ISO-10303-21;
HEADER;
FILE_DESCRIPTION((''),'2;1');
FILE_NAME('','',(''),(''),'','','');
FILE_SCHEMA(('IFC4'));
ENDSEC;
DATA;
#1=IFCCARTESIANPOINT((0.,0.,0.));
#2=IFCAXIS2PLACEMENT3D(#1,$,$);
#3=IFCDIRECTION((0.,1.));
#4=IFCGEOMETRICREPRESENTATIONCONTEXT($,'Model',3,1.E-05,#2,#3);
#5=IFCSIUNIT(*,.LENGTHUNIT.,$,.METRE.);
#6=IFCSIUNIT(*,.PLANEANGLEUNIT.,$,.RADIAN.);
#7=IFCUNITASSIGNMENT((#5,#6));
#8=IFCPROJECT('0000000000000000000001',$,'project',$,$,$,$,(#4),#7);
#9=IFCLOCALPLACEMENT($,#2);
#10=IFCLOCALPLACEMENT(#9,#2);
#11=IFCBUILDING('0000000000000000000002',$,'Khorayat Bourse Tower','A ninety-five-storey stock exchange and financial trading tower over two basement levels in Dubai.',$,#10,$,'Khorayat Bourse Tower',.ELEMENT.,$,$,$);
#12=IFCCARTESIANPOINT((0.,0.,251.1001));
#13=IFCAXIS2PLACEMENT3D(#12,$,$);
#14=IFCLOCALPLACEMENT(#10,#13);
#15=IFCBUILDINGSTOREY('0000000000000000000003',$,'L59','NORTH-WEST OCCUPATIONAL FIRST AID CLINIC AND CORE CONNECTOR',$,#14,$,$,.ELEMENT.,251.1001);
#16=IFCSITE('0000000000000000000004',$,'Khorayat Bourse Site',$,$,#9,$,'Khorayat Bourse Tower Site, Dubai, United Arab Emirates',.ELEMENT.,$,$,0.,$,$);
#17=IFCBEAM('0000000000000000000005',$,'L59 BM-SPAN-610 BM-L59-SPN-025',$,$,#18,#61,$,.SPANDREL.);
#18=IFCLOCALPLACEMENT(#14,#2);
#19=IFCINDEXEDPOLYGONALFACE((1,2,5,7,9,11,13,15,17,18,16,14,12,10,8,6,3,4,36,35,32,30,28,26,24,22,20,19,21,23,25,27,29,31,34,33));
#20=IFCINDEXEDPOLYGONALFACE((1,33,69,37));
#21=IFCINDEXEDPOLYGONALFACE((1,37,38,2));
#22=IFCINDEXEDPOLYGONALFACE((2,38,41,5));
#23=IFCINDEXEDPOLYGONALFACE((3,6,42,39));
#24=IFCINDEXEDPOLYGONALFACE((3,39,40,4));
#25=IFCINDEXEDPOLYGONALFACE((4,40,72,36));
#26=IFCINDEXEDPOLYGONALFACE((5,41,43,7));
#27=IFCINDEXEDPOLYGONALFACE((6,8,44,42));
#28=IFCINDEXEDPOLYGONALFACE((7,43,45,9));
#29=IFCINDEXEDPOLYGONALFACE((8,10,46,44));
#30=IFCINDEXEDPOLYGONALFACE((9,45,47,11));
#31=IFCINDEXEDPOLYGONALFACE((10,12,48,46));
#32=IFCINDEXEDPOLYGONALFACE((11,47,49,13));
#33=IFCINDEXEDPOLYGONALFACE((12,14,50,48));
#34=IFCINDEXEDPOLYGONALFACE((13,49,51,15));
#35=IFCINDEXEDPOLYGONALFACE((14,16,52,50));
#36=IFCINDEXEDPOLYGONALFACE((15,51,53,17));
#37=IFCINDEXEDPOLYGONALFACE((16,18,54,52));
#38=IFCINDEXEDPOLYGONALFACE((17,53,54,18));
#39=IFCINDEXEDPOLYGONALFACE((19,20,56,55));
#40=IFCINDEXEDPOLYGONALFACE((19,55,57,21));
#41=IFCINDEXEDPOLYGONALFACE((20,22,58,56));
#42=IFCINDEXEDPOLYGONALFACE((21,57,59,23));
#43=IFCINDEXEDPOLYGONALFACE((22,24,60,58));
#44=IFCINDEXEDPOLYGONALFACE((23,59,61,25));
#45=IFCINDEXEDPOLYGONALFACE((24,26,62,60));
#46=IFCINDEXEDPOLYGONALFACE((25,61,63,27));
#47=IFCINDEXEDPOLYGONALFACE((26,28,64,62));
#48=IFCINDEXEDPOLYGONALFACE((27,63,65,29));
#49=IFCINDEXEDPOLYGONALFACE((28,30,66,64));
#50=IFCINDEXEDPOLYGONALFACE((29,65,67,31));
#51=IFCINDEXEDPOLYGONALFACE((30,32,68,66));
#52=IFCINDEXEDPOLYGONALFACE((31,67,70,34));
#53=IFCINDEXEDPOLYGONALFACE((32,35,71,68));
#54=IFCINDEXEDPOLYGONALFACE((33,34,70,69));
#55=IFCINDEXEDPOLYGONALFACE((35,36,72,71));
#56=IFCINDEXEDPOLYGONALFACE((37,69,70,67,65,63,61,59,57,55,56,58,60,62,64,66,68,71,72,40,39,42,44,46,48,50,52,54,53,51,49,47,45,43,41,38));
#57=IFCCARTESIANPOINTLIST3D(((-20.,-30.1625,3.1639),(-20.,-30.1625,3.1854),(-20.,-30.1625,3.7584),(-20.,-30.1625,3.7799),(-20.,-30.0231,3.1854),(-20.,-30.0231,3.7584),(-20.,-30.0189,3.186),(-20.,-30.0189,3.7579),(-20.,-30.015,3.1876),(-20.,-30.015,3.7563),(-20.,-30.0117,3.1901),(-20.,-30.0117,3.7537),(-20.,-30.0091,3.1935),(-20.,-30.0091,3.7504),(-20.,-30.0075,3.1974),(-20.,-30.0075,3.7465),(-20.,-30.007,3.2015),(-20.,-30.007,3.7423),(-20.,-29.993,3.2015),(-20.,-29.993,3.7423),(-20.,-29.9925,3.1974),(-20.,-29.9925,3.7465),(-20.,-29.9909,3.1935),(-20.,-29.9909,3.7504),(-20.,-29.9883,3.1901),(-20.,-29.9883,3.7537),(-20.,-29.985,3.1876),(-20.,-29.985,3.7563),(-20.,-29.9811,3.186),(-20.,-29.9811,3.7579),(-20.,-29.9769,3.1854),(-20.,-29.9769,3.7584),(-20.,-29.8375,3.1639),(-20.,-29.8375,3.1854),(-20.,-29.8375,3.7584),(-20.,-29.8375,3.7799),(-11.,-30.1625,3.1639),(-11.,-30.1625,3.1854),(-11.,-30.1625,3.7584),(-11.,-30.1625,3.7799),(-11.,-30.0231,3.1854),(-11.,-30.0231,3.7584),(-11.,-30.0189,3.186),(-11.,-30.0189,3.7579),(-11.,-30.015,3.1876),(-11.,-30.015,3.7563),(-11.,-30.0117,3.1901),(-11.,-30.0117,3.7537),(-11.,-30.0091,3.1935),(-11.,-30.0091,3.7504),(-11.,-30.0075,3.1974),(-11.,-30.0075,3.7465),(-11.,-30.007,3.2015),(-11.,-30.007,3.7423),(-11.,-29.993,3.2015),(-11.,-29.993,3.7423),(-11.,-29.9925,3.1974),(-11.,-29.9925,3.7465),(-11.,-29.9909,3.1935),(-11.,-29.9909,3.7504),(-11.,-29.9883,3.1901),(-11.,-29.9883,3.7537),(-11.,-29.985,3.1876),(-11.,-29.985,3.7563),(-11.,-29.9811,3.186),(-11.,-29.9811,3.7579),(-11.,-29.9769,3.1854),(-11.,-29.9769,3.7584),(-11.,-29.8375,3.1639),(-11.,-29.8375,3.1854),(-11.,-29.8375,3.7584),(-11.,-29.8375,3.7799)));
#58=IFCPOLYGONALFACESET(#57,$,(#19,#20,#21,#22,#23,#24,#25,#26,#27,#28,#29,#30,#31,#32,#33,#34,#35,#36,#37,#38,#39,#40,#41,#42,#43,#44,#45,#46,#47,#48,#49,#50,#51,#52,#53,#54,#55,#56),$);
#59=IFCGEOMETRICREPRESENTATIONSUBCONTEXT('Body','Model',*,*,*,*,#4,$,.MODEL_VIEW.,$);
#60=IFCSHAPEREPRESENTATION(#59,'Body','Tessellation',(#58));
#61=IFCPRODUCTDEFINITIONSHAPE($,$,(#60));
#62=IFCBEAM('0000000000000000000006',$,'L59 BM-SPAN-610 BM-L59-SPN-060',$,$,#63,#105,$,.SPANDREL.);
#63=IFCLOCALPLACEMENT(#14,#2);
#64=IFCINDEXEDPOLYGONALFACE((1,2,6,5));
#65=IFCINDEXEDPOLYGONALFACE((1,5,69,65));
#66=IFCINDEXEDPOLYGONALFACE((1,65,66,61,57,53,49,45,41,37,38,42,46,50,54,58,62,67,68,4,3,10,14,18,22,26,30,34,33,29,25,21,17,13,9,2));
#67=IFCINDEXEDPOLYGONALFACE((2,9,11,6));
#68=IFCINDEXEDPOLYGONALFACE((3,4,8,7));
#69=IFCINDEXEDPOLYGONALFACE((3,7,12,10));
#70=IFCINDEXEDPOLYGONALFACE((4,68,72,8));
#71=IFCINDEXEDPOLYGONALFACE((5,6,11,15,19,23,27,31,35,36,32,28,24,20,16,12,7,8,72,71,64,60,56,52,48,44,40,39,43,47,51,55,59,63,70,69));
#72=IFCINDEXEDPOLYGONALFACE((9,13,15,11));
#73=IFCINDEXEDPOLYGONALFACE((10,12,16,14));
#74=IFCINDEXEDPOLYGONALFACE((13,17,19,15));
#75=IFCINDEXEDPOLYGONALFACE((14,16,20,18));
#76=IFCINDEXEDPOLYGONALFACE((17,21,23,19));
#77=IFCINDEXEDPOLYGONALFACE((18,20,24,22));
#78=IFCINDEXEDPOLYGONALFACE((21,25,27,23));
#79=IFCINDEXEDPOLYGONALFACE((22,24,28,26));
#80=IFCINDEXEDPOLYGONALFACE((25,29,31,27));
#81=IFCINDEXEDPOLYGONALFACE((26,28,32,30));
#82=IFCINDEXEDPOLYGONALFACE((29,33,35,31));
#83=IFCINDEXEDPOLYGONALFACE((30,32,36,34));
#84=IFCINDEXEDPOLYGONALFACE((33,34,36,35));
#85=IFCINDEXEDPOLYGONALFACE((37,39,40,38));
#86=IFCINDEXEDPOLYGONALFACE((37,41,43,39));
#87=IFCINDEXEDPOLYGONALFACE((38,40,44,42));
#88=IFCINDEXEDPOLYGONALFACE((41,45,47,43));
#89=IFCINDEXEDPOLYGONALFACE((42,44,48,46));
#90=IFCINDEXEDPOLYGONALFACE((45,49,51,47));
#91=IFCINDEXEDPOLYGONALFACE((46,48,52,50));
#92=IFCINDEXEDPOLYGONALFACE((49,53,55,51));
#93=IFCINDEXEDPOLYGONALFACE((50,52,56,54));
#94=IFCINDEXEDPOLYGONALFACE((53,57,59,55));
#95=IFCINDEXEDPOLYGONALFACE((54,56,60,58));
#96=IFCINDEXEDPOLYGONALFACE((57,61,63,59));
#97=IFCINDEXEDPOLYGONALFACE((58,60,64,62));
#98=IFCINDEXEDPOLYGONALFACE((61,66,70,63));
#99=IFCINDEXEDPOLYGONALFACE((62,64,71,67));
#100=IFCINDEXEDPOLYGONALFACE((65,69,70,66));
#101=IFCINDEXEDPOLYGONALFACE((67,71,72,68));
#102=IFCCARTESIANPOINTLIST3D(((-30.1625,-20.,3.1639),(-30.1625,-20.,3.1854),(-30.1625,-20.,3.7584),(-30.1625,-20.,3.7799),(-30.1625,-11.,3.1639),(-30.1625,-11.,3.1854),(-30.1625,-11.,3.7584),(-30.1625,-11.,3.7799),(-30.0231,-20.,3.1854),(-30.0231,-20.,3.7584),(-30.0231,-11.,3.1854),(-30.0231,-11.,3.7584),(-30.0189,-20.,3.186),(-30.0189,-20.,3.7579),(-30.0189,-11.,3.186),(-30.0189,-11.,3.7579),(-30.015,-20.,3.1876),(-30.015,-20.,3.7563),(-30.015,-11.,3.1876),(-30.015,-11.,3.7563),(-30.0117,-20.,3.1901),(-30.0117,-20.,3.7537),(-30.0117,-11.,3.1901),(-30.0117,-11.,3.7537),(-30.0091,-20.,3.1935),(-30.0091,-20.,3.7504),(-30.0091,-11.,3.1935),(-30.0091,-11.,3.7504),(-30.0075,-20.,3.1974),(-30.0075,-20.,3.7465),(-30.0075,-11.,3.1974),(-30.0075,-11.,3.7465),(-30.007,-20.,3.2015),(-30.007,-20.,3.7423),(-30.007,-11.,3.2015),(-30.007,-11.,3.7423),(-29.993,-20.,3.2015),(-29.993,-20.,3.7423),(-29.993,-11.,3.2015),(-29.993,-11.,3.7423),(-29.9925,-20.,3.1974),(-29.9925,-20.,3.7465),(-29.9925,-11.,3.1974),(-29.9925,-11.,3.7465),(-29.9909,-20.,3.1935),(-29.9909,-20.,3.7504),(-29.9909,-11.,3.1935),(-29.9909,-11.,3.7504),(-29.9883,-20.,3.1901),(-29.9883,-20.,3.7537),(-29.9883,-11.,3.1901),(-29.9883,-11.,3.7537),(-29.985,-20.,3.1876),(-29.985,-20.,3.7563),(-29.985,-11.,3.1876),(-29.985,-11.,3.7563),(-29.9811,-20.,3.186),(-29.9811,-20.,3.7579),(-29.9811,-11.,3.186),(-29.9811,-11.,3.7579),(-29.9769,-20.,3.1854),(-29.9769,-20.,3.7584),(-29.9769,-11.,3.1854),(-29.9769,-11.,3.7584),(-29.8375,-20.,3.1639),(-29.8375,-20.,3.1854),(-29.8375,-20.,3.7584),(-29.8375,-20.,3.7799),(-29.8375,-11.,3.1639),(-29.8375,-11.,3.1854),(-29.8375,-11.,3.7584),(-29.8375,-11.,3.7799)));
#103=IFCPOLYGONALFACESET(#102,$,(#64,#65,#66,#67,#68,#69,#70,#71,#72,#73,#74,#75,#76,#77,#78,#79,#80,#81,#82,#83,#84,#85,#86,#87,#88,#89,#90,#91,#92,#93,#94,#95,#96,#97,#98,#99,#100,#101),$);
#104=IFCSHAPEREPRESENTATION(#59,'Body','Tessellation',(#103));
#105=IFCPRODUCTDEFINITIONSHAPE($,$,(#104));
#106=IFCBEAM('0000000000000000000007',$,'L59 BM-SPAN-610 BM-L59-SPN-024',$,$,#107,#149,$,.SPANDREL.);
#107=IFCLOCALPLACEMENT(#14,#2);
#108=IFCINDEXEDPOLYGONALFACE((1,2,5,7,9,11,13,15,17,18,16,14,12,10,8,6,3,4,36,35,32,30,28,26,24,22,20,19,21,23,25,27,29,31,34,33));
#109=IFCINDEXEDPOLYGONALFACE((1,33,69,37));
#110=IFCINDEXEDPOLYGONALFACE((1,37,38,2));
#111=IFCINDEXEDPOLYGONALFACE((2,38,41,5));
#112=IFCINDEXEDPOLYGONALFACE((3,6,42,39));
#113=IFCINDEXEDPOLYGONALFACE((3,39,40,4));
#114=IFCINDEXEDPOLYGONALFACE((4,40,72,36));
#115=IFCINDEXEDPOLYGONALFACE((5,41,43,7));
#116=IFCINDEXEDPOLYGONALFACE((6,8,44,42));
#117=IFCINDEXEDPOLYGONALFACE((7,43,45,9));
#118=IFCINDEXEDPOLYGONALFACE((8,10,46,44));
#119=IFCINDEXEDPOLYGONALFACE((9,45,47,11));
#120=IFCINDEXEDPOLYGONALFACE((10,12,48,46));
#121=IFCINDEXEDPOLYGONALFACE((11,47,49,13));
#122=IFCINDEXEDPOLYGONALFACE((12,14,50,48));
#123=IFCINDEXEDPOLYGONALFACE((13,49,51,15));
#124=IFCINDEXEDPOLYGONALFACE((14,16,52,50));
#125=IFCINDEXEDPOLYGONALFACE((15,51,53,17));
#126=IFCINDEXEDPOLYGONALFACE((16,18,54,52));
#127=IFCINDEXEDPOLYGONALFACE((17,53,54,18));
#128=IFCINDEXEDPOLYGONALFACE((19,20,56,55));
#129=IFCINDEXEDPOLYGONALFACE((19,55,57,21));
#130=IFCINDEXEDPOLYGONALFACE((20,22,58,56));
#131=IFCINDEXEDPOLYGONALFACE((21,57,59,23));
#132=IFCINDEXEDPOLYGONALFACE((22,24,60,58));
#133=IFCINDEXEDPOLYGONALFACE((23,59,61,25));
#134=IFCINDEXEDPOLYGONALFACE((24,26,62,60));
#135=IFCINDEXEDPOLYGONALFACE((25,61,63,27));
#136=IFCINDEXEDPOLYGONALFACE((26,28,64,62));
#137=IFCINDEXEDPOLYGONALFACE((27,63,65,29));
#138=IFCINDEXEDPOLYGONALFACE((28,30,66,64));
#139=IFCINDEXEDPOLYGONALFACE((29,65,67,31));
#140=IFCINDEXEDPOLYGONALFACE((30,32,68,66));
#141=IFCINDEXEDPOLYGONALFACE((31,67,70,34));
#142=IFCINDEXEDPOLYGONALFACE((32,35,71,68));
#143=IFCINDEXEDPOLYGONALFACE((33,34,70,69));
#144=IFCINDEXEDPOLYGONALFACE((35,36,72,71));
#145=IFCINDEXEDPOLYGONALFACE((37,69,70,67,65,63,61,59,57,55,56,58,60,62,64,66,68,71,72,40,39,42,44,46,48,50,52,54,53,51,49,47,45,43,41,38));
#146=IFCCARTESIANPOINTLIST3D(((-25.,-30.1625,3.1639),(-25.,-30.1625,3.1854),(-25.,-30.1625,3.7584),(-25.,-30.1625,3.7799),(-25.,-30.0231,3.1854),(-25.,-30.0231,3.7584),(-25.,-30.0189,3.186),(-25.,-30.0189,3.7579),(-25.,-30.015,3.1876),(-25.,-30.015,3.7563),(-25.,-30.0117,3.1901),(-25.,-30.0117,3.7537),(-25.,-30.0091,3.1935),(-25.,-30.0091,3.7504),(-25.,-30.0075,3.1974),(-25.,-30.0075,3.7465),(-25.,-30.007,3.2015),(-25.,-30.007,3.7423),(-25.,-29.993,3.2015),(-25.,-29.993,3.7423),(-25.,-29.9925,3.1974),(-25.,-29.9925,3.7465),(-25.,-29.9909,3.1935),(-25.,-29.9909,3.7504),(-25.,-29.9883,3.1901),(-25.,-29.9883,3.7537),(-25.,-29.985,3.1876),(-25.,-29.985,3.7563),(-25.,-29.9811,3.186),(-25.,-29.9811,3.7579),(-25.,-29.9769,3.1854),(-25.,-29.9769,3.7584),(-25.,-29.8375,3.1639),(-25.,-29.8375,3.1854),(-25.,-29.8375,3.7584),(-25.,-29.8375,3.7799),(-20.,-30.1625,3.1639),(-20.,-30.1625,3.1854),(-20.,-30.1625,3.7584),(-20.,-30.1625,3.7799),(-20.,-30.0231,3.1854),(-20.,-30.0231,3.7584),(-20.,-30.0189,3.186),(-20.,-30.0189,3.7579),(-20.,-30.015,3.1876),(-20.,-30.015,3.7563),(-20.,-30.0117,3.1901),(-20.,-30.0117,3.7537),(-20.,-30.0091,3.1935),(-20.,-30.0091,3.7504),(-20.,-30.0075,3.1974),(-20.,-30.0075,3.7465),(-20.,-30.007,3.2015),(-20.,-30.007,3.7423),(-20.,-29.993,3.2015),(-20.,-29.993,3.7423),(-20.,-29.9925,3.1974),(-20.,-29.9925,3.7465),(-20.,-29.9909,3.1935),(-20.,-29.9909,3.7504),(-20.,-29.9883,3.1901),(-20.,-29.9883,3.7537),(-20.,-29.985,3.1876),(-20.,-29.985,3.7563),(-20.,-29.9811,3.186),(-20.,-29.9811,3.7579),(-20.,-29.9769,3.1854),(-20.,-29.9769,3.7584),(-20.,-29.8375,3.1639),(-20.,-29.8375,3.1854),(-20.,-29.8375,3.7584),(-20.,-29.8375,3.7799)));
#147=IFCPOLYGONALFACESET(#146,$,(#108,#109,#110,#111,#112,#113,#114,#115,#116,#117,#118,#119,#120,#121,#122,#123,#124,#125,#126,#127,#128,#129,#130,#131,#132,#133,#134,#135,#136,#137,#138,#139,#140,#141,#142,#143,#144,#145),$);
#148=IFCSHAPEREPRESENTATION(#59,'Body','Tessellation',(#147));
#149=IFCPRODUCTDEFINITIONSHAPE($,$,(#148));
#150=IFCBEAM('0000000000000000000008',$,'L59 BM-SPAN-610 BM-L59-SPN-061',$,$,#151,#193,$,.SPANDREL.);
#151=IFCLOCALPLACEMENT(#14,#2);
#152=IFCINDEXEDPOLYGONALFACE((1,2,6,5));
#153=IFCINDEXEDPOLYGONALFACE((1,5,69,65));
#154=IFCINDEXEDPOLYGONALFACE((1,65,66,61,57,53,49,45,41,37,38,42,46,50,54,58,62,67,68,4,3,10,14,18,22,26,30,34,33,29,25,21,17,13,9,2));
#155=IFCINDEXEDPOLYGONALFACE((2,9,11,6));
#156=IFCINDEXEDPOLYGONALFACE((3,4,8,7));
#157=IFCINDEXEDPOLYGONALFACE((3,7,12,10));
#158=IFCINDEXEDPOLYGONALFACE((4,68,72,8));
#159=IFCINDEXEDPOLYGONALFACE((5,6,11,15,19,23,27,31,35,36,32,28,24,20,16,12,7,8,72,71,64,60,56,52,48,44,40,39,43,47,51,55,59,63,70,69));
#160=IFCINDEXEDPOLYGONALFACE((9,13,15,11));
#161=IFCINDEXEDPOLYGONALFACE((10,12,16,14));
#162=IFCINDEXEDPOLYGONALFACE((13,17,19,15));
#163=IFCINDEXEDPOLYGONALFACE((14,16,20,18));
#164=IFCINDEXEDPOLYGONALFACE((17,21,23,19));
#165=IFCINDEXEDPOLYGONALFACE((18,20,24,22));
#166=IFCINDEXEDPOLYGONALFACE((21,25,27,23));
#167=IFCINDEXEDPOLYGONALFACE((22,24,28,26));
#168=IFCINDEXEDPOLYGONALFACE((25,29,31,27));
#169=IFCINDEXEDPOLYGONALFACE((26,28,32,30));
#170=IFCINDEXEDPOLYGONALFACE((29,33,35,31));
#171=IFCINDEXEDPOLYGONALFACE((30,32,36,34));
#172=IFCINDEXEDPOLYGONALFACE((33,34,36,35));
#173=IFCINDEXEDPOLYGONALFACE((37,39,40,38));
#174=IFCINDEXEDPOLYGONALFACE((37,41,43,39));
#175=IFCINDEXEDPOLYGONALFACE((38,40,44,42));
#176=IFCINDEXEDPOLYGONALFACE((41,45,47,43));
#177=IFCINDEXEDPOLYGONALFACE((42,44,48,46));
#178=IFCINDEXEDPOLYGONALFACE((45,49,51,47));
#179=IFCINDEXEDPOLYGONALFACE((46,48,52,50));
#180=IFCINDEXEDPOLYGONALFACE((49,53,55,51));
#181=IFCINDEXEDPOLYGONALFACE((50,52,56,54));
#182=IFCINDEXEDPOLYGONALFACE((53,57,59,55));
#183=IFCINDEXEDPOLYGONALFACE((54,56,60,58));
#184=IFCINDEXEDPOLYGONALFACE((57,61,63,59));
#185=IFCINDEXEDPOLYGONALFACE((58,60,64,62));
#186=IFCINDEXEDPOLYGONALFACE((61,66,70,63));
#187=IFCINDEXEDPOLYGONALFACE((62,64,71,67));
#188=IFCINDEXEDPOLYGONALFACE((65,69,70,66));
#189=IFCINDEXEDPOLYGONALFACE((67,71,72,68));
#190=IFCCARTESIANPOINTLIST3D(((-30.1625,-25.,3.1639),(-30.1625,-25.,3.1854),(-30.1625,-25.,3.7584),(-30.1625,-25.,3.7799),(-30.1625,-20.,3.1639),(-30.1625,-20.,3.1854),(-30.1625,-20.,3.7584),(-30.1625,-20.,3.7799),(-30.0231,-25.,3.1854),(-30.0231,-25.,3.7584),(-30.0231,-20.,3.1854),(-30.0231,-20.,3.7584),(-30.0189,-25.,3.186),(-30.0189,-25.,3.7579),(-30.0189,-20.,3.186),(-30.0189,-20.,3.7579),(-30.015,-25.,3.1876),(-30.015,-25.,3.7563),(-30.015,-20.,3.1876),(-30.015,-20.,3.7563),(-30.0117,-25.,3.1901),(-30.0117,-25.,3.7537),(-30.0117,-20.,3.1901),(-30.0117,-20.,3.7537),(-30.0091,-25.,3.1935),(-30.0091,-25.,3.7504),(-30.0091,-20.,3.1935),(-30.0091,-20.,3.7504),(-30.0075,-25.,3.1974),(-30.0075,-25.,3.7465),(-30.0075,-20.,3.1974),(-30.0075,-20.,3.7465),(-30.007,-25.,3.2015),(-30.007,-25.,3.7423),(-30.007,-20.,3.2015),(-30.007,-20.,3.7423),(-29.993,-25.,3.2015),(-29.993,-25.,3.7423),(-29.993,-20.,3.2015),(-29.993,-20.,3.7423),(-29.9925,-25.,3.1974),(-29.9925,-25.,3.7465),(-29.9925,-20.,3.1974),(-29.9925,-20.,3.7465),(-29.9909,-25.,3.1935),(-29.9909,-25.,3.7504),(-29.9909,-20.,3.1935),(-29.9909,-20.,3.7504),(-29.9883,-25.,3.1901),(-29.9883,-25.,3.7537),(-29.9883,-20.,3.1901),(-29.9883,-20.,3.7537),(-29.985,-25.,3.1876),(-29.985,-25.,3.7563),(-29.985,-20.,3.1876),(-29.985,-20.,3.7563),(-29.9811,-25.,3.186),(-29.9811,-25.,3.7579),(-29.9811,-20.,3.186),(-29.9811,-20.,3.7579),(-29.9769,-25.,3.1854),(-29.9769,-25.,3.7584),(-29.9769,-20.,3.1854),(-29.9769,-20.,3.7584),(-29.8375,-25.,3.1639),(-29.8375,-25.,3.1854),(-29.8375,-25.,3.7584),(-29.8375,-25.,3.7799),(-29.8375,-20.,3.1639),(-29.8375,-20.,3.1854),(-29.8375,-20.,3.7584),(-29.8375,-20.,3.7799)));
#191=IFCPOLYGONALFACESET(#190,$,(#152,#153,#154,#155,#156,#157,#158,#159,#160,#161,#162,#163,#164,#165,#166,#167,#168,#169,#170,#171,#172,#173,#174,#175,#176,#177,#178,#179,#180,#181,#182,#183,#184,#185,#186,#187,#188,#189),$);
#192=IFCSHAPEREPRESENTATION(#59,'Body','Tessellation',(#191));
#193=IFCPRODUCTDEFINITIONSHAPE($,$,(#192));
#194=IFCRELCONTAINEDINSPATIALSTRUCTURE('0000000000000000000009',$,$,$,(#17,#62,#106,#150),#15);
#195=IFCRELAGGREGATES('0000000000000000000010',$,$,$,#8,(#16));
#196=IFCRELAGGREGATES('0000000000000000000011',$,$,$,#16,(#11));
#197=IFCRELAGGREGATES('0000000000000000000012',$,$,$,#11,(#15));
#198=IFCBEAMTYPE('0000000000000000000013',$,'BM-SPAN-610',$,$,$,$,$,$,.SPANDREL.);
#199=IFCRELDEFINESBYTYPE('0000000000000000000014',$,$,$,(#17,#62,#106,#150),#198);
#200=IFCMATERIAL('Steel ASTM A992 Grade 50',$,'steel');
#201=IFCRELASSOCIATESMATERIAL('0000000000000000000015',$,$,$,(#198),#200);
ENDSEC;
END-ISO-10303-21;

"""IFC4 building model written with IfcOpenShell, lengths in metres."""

from ifc_helpers import new_model, si_unit, direction, frame, origin, origin_2d, place, context, subcontext, project, spatial, i_section, extrude, source, transform, mapped, material, material_profile, profile_set, type_object, element, save


model = new_model("IFC4")

# Units and contexts
model_context = context("Model", 3, precision=1e-05, world=origin(), true_north=direction((0.0, 1.0)))
body_context = subcontext(model_context, "Body", "Model", "MODEL_VIEW")
ifc_project = project(units=[si_unit("LENGTHUNIT", "METRE"), si_unit("PLANEANGLEUNIT", "RADIAN")], contexts=[model_context])

# Site, building, storey
site_placement = place(None, origin())
site = spatial("IfcSite", under=ifc_project, at=site_placement, Name="Khorayat Bourse Site", LongName="Khorayat Bourse Tower Site, Dubai, United Arab Emirates", CompositionType="ELEMENT", RefElevation=0.0)
building_placement = place(site_placement, origin())
building = spatial("IfcBuilding", under=site, at=building_placement, Name="Khorayat Bourse Tower", Description="A ninety-five-storey stock exchange and financial trading tower over two basement levels in Dubai.", LongName="Khorayat Bourse Tower", CompositionType="ELEMENT")
storey_placement = place(building_placement, frame((0.0, 0.0, 251.1001)))
storey = spatial("IfcBuildingStorey", under=building, at=storey_placement, Name="L59", Description="NORTH-WEST OCCUPATIONAL FIRST AID CLINIC AND CORE CONNECTOR", CompositionType="ELEMENT", Elevation=251.1001)

# Beams
ifc_material_1 = material(Name="Steel ASTM A992 Grade 50", Category="steel")
ifc_material_profile_1 = material_profile(ifc_material_1, i_section(OverallWidth=0.325, OverallDepth=0.616, WebThickness=0.0139, FlangeThickness=0.0215, FilletRadius=0.0161, at=origin_2d()), Name="W610X174")
ifc_profile_set_1 = profile_set([ifc_material_profile_1], Name="Steel ASTM A992 Grade 50")
beam_type_1 = type_object("IfcBeamType", Name="BM-SPAN-610", PredefinedType="SPANDREL", material=ifc_profile_set_1)
shared_shape_1 = source(origin(), body_context, "Body", "SweptSolid", [
    extrude(i_section(OverallWidth=0.325, OverallDepth=0.616, WebThickness=0.0139, FlangeThickness=0.0215, FilletRadius=0.0161, at=origin_2d()), origin(), (0.0, 0.0, 1.0), 9.0),
])
for number, where, z_axis, x_axis, name in (
    (1, (-20.0, -30.0, 3.4719), (1.0, 0.0, 0.0), (0.0, 1.0, 0.0), "L59 BM-SPAN-610 BM-L59-SPN-025"),
    (2, (-30.0, -20.0, 3.4719), (0.0, 1.0, 0.0), (-1.0, 0.0, 0.0), "L59 BM-SPAN-610 BM-L59-SPN-060"),
):
    element("IfcBeam", number, at=place(storey_placement, frame(where, z_axis=z_axis, x_axis=x_axis)), inside=storey, type_object=beam_type_1, Name=name, PredefinedType="SPANDREL", context=body_context, shape_type="MappedRepresentation", body=[
        mapped(shared_shape_1, transform((0.0, 0.0, 0.0), scale=1.0)),
    ])
shared_shape_2 = source(origin(), body_context, "Body", "SweptSolid", [
    extrude(i_section(OverallWidth=0.325, OverallDepth=0.616, WebThickness=0.0139, FlangeThickness=0.0215, FilletRadius=0.0161, at=origin_2d()), origin(), (0.0, 0.0, 1.0), 5.0),
])
for number, where, z_axis, x_axis, name in (
    (3, (-25.0, -30.0, 3.4719), (1.0, 0.0, 0.0), (0.0, 1.0, 0.0), "L59 BM-SPAN-610 BM-L59-SPN-024"),
    (4, (-30.0, -25.0, 3.4719), (0.0, 1.0, 0.0), (-1.0, 0.0, 0.0), "L59 BM-SPAN-610 BM-L59-SPN-061"),
):
    element("IfcBeam", number, at=place(storey_placement, frame(where, z_axis=z_axis, x_axis=x_axis)), inside=storey, type_object=beam_type_1, Name=name, PredefinedType="SPANDREL", context=body_context, shape_type="MappedRepresentation", body=[
        mapped(shared_shape_2, transform((0.0, 0.0, 0.0), scale=1.0)),
    ])

save(model, "model.ifc")
